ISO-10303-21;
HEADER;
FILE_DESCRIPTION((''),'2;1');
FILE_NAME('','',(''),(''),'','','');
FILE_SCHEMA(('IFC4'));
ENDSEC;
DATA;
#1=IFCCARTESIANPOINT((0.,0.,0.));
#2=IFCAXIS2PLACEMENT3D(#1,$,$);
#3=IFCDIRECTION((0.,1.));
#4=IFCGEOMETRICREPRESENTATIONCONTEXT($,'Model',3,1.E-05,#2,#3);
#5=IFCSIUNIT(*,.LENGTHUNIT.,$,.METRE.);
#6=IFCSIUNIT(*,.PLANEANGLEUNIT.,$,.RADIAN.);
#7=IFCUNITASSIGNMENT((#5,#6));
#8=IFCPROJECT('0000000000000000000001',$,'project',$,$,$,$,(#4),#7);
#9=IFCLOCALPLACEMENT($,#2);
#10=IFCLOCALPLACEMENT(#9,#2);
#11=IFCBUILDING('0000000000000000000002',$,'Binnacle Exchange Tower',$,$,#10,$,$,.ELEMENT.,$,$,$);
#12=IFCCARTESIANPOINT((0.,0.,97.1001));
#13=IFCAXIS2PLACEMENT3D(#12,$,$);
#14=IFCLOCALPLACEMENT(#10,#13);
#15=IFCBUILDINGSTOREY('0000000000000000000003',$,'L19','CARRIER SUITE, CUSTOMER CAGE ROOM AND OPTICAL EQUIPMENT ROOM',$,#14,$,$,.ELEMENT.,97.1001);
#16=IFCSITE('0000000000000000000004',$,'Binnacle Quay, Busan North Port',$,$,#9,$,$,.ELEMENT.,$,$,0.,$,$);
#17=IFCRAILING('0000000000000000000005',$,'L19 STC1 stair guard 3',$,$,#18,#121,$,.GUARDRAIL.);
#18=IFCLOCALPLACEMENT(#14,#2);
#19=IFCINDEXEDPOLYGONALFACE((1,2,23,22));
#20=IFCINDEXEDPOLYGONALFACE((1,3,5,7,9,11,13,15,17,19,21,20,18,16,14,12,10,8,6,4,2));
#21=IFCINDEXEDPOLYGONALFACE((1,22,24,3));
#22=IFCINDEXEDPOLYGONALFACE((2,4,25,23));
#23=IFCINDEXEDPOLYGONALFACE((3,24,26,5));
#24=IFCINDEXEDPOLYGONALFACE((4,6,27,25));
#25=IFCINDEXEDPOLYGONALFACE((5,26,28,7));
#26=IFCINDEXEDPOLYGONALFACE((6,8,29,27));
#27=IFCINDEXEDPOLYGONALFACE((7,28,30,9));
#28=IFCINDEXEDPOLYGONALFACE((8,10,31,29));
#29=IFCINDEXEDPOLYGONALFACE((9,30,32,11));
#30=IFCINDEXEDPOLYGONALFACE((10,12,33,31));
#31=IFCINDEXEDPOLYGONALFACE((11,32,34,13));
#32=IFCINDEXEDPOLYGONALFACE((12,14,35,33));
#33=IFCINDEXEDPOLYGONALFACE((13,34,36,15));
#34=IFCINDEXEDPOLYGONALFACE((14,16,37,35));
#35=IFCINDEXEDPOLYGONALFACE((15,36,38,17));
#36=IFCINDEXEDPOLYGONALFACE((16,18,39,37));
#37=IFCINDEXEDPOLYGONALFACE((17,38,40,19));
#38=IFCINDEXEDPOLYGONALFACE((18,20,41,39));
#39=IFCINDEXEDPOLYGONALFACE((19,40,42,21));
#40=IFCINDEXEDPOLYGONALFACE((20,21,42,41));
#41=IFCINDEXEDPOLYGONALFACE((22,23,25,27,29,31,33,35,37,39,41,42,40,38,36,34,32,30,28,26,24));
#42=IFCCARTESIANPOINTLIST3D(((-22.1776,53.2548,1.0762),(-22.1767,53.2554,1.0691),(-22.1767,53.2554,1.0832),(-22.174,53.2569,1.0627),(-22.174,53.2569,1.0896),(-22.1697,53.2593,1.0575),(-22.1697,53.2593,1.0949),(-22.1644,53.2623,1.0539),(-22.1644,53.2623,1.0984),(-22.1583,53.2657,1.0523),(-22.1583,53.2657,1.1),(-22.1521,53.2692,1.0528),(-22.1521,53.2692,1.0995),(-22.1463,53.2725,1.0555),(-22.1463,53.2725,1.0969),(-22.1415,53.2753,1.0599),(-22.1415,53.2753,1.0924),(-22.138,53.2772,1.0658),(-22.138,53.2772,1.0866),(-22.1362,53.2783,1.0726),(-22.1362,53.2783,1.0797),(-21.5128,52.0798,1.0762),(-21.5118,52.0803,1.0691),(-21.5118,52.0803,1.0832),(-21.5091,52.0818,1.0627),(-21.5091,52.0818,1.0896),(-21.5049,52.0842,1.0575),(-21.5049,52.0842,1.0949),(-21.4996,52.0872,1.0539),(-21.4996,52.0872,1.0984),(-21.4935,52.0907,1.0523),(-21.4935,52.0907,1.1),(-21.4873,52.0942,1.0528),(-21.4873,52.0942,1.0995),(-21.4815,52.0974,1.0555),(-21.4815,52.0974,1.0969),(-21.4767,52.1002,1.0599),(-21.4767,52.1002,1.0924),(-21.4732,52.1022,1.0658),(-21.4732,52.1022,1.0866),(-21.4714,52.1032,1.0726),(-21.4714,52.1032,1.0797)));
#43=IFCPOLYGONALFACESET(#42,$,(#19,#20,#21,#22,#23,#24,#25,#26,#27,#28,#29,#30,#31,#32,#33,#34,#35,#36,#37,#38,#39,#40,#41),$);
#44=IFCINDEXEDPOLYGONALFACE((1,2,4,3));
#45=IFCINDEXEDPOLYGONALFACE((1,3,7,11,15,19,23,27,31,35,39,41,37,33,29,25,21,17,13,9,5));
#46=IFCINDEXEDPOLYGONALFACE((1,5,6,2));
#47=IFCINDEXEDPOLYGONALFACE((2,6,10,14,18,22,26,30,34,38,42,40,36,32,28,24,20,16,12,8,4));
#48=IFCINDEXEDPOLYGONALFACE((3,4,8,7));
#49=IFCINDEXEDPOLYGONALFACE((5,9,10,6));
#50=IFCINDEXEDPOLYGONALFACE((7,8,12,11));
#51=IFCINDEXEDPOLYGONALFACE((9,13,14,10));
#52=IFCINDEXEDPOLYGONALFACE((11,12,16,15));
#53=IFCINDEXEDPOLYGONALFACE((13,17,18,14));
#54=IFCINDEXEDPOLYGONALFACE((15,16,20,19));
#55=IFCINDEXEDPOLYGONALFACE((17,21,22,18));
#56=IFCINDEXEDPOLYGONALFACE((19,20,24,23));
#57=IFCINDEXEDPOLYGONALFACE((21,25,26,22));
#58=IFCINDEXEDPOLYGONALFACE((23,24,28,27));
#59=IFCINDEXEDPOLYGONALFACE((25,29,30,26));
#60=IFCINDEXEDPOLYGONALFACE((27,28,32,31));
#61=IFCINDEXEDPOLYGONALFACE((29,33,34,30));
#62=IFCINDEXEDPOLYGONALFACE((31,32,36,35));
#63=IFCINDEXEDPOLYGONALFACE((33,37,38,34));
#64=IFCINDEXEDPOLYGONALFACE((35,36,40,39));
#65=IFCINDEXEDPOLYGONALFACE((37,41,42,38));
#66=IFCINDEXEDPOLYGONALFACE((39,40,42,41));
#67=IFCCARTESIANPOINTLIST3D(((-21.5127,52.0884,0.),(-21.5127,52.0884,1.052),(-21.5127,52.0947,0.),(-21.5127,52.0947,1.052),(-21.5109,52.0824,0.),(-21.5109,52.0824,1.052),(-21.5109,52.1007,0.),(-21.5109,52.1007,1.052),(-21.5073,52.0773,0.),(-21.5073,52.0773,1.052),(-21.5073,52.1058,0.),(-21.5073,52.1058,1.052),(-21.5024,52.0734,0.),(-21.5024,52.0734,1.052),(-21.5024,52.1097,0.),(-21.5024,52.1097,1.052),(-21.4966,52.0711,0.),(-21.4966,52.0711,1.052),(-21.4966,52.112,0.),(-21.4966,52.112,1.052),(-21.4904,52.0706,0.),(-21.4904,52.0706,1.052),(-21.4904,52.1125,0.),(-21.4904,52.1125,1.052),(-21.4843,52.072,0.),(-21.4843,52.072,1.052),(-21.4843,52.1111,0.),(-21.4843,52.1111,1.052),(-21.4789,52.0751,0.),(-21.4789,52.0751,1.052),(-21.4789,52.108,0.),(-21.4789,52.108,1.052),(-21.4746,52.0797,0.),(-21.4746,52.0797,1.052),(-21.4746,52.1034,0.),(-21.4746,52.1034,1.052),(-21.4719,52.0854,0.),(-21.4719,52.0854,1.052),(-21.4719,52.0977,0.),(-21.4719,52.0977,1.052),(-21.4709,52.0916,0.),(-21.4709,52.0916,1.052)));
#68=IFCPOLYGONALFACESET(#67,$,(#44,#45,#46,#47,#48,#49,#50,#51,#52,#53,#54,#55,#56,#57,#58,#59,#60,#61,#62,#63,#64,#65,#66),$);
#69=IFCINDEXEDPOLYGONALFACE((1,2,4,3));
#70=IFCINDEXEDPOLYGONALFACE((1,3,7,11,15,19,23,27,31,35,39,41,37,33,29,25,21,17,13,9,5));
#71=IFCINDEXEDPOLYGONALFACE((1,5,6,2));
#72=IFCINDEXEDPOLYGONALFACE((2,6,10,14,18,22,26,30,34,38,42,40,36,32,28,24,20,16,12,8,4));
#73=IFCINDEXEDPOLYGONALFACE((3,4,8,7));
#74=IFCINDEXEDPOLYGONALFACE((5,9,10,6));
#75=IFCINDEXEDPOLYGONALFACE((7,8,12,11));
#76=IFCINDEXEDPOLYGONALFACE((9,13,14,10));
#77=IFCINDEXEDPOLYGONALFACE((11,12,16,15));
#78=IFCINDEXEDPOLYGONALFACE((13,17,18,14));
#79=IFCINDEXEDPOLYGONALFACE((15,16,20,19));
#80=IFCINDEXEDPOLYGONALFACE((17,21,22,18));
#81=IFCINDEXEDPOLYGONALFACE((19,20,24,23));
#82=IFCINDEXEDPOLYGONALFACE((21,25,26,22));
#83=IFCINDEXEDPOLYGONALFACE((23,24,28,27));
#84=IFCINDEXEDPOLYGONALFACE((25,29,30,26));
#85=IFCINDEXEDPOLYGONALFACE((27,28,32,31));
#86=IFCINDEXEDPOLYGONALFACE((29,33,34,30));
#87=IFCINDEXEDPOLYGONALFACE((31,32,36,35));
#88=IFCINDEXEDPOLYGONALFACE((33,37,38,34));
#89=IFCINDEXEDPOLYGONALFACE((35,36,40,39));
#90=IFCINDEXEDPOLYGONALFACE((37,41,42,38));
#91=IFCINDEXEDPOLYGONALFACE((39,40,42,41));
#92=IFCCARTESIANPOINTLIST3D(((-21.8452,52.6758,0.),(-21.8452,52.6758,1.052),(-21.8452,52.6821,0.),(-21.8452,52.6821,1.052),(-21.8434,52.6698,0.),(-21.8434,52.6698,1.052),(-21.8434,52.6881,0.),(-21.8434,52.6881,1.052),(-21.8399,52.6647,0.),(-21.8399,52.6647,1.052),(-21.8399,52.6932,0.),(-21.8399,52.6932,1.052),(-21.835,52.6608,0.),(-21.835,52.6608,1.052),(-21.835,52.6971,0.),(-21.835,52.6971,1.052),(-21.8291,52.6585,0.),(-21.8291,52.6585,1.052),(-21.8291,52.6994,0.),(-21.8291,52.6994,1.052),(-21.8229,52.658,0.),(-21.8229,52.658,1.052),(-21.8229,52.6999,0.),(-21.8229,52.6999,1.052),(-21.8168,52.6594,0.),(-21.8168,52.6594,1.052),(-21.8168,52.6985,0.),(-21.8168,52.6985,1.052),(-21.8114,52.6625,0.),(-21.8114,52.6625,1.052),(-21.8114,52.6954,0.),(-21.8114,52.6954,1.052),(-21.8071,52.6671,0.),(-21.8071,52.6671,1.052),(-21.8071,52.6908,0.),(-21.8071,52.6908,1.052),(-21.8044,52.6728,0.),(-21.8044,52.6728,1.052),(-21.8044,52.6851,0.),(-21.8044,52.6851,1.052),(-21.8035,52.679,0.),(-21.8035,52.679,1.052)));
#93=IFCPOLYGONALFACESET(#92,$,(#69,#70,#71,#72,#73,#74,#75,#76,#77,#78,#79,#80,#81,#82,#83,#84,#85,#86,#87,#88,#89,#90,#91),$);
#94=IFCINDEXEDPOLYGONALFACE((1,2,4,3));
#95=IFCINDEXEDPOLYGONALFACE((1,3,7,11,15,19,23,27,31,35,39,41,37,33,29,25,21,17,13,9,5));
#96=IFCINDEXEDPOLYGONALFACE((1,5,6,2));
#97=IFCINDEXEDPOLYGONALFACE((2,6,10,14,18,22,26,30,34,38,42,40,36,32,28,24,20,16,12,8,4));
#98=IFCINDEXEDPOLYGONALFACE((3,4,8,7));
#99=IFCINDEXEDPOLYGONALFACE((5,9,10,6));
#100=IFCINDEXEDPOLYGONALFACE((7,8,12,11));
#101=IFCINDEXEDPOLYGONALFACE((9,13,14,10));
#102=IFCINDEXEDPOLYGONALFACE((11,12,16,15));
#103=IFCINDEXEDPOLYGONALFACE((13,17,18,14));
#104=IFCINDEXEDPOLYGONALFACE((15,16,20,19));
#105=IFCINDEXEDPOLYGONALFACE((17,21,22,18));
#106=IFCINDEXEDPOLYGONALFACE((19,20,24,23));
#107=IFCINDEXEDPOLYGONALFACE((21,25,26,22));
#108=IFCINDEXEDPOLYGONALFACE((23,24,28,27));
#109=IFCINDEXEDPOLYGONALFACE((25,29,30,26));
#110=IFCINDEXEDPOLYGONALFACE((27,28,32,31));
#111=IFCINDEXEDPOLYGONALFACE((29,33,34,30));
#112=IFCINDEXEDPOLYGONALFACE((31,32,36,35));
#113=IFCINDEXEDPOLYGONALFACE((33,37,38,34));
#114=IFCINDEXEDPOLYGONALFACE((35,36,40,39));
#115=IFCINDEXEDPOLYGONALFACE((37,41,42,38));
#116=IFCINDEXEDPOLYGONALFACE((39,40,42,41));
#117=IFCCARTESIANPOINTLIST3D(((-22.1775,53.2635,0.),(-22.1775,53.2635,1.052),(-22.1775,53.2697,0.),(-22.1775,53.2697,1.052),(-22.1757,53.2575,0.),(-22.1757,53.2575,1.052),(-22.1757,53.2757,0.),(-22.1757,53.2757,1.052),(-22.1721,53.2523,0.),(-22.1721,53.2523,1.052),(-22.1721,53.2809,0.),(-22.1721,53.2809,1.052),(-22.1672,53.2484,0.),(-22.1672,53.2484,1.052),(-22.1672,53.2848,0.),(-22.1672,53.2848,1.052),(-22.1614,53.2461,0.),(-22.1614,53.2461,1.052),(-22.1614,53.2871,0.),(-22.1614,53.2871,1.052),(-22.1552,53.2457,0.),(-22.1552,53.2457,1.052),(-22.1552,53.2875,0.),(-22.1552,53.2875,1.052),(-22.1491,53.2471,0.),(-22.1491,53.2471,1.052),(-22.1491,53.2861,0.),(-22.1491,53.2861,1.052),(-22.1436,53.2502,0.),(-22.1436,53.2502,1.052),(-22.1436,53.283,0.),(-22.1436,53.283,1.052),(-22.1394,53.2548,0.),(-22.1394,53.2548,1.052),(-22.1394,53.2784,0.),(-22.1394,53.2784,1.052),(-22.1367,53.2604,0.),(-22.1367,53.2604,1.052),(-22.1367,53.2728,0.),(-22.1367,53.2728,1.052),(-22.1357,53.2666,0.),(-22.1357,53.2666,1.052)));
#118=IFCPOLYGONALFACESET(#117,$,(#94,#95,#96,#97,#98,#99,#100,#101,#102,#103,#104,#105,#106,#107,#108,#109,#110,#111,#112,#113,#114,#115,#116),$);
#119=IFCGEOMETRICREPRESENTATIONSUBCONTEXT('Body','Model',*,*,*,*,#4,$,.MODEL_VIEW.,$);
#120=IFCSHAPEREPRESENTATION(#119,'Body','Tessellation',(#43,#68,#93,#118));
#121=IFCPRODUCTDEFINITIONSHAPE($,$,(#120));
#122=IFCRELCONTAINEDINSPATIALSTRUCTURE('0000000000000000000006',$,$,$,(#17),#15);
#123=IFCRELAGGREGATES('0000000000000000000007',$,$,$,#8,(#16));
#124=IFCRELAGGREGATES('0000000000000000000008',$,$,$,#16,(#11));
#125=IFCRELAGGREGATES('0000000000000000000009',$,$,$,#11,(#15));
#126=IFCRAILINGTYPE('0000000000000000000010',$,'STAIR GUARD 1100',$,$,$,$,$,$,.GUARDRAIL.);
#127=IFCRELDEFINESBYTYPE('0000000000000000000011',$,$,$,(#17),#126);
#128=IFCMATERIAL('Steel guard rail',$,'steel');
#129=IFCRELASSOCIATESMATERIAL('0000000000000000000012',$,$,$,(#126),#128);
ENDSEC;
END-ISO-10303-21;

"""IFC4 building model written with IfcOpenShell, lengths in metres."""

from ifc_helpers import new_model, si_unit, direction, frame, origin, origin_2d, place, context, subcontext, project, spatial, circle, extrude, material, type_object, element, save


model = new_model("IFC4")

# Units and contexts
model_context = context("Model", 3, precision=1e-05, world=origin(), true_north=direction((0.0, 1.0)))
body_context = subcontext(model_context, "Body", "Model", "MODEL_VIEW")
ifc_project = project(units=[si_unit("LENGTHUNIT", "METRE"), si_unit("PLANEANGLEUNIT", "RADIAN")], contexts=[model_context])

# Site, building, storey
site_placement = place(None, origin())
site = spatial("IfcSite", under=ifc_project, at=site_placement, Name="Binnacle Quay, Busan North Port", CompositionType="ELEMENT", RefElevation=0.0)
building_placement = place(site_placement, origin())
building = spatial("IfcBuilding", under=site, at=building_placement, Name="Binnacle Exchange Tower", CompositionType="ELEMENT")
storey_placement = place(building_placement, frame((0.0, 0.0, 97.1001)))
storey = spatial("IfcBuildingStorey", under=building, at=storey_placement, Name="L19", Description="CARRIER SUITE, CUSTOMER CAGE ROOM AND OPTICAL EQUIPMENT ROOM", CompositionType="ELEMENT", Elevation=97.1001)

# Railing
ifc_material_1 = material(Name="Steel guard rail", Category="steel")
railing_type = type_object("IfcRailingType", Name="STAIR GUARD 1100", PredefinedType="GUARDRAIL", material=ifc_material_1)
railing_1_placement = place(storey_placement, frame((-21.4919, 52.0916, 0.0)))
element("IfcRailing", 1, at=railing_1_placement, inside=storey, type_object=railing_type, Name="L19 STC1 stair guard 3", PredefinedType="GUARDRAIL", context=body_context, shape_type="SweptSolid", body=[
    extrude(circle(Radius=0.0239, at=origin_2d()), frame((0.0, 0.0, 1.0762), z_axis=(-0.492415, 0.870361, 0.0), x_axis=(-0.870361, -0.492415, 0.0)), (0.0, 0.0, 1.0), 1.3501),
    extrude(circle(Radius=0.021, at=origin_2d()), origin(), (0.0, 0.0, 1.0), 1.052),
    extrude(circle(Radius=0.021, at=origin_2d()), frame((-0.3325, 0.5874, 0.0)), (0.0, 0.0, 1.0), 1.052),
    extrude(circle(Radius=0.021, at=origin_2d()), frame((-0.6648, 1.175, 0.0)), (0.0, 0.0, 1.0), 1.052),
])

save(model, "model.ifc")
